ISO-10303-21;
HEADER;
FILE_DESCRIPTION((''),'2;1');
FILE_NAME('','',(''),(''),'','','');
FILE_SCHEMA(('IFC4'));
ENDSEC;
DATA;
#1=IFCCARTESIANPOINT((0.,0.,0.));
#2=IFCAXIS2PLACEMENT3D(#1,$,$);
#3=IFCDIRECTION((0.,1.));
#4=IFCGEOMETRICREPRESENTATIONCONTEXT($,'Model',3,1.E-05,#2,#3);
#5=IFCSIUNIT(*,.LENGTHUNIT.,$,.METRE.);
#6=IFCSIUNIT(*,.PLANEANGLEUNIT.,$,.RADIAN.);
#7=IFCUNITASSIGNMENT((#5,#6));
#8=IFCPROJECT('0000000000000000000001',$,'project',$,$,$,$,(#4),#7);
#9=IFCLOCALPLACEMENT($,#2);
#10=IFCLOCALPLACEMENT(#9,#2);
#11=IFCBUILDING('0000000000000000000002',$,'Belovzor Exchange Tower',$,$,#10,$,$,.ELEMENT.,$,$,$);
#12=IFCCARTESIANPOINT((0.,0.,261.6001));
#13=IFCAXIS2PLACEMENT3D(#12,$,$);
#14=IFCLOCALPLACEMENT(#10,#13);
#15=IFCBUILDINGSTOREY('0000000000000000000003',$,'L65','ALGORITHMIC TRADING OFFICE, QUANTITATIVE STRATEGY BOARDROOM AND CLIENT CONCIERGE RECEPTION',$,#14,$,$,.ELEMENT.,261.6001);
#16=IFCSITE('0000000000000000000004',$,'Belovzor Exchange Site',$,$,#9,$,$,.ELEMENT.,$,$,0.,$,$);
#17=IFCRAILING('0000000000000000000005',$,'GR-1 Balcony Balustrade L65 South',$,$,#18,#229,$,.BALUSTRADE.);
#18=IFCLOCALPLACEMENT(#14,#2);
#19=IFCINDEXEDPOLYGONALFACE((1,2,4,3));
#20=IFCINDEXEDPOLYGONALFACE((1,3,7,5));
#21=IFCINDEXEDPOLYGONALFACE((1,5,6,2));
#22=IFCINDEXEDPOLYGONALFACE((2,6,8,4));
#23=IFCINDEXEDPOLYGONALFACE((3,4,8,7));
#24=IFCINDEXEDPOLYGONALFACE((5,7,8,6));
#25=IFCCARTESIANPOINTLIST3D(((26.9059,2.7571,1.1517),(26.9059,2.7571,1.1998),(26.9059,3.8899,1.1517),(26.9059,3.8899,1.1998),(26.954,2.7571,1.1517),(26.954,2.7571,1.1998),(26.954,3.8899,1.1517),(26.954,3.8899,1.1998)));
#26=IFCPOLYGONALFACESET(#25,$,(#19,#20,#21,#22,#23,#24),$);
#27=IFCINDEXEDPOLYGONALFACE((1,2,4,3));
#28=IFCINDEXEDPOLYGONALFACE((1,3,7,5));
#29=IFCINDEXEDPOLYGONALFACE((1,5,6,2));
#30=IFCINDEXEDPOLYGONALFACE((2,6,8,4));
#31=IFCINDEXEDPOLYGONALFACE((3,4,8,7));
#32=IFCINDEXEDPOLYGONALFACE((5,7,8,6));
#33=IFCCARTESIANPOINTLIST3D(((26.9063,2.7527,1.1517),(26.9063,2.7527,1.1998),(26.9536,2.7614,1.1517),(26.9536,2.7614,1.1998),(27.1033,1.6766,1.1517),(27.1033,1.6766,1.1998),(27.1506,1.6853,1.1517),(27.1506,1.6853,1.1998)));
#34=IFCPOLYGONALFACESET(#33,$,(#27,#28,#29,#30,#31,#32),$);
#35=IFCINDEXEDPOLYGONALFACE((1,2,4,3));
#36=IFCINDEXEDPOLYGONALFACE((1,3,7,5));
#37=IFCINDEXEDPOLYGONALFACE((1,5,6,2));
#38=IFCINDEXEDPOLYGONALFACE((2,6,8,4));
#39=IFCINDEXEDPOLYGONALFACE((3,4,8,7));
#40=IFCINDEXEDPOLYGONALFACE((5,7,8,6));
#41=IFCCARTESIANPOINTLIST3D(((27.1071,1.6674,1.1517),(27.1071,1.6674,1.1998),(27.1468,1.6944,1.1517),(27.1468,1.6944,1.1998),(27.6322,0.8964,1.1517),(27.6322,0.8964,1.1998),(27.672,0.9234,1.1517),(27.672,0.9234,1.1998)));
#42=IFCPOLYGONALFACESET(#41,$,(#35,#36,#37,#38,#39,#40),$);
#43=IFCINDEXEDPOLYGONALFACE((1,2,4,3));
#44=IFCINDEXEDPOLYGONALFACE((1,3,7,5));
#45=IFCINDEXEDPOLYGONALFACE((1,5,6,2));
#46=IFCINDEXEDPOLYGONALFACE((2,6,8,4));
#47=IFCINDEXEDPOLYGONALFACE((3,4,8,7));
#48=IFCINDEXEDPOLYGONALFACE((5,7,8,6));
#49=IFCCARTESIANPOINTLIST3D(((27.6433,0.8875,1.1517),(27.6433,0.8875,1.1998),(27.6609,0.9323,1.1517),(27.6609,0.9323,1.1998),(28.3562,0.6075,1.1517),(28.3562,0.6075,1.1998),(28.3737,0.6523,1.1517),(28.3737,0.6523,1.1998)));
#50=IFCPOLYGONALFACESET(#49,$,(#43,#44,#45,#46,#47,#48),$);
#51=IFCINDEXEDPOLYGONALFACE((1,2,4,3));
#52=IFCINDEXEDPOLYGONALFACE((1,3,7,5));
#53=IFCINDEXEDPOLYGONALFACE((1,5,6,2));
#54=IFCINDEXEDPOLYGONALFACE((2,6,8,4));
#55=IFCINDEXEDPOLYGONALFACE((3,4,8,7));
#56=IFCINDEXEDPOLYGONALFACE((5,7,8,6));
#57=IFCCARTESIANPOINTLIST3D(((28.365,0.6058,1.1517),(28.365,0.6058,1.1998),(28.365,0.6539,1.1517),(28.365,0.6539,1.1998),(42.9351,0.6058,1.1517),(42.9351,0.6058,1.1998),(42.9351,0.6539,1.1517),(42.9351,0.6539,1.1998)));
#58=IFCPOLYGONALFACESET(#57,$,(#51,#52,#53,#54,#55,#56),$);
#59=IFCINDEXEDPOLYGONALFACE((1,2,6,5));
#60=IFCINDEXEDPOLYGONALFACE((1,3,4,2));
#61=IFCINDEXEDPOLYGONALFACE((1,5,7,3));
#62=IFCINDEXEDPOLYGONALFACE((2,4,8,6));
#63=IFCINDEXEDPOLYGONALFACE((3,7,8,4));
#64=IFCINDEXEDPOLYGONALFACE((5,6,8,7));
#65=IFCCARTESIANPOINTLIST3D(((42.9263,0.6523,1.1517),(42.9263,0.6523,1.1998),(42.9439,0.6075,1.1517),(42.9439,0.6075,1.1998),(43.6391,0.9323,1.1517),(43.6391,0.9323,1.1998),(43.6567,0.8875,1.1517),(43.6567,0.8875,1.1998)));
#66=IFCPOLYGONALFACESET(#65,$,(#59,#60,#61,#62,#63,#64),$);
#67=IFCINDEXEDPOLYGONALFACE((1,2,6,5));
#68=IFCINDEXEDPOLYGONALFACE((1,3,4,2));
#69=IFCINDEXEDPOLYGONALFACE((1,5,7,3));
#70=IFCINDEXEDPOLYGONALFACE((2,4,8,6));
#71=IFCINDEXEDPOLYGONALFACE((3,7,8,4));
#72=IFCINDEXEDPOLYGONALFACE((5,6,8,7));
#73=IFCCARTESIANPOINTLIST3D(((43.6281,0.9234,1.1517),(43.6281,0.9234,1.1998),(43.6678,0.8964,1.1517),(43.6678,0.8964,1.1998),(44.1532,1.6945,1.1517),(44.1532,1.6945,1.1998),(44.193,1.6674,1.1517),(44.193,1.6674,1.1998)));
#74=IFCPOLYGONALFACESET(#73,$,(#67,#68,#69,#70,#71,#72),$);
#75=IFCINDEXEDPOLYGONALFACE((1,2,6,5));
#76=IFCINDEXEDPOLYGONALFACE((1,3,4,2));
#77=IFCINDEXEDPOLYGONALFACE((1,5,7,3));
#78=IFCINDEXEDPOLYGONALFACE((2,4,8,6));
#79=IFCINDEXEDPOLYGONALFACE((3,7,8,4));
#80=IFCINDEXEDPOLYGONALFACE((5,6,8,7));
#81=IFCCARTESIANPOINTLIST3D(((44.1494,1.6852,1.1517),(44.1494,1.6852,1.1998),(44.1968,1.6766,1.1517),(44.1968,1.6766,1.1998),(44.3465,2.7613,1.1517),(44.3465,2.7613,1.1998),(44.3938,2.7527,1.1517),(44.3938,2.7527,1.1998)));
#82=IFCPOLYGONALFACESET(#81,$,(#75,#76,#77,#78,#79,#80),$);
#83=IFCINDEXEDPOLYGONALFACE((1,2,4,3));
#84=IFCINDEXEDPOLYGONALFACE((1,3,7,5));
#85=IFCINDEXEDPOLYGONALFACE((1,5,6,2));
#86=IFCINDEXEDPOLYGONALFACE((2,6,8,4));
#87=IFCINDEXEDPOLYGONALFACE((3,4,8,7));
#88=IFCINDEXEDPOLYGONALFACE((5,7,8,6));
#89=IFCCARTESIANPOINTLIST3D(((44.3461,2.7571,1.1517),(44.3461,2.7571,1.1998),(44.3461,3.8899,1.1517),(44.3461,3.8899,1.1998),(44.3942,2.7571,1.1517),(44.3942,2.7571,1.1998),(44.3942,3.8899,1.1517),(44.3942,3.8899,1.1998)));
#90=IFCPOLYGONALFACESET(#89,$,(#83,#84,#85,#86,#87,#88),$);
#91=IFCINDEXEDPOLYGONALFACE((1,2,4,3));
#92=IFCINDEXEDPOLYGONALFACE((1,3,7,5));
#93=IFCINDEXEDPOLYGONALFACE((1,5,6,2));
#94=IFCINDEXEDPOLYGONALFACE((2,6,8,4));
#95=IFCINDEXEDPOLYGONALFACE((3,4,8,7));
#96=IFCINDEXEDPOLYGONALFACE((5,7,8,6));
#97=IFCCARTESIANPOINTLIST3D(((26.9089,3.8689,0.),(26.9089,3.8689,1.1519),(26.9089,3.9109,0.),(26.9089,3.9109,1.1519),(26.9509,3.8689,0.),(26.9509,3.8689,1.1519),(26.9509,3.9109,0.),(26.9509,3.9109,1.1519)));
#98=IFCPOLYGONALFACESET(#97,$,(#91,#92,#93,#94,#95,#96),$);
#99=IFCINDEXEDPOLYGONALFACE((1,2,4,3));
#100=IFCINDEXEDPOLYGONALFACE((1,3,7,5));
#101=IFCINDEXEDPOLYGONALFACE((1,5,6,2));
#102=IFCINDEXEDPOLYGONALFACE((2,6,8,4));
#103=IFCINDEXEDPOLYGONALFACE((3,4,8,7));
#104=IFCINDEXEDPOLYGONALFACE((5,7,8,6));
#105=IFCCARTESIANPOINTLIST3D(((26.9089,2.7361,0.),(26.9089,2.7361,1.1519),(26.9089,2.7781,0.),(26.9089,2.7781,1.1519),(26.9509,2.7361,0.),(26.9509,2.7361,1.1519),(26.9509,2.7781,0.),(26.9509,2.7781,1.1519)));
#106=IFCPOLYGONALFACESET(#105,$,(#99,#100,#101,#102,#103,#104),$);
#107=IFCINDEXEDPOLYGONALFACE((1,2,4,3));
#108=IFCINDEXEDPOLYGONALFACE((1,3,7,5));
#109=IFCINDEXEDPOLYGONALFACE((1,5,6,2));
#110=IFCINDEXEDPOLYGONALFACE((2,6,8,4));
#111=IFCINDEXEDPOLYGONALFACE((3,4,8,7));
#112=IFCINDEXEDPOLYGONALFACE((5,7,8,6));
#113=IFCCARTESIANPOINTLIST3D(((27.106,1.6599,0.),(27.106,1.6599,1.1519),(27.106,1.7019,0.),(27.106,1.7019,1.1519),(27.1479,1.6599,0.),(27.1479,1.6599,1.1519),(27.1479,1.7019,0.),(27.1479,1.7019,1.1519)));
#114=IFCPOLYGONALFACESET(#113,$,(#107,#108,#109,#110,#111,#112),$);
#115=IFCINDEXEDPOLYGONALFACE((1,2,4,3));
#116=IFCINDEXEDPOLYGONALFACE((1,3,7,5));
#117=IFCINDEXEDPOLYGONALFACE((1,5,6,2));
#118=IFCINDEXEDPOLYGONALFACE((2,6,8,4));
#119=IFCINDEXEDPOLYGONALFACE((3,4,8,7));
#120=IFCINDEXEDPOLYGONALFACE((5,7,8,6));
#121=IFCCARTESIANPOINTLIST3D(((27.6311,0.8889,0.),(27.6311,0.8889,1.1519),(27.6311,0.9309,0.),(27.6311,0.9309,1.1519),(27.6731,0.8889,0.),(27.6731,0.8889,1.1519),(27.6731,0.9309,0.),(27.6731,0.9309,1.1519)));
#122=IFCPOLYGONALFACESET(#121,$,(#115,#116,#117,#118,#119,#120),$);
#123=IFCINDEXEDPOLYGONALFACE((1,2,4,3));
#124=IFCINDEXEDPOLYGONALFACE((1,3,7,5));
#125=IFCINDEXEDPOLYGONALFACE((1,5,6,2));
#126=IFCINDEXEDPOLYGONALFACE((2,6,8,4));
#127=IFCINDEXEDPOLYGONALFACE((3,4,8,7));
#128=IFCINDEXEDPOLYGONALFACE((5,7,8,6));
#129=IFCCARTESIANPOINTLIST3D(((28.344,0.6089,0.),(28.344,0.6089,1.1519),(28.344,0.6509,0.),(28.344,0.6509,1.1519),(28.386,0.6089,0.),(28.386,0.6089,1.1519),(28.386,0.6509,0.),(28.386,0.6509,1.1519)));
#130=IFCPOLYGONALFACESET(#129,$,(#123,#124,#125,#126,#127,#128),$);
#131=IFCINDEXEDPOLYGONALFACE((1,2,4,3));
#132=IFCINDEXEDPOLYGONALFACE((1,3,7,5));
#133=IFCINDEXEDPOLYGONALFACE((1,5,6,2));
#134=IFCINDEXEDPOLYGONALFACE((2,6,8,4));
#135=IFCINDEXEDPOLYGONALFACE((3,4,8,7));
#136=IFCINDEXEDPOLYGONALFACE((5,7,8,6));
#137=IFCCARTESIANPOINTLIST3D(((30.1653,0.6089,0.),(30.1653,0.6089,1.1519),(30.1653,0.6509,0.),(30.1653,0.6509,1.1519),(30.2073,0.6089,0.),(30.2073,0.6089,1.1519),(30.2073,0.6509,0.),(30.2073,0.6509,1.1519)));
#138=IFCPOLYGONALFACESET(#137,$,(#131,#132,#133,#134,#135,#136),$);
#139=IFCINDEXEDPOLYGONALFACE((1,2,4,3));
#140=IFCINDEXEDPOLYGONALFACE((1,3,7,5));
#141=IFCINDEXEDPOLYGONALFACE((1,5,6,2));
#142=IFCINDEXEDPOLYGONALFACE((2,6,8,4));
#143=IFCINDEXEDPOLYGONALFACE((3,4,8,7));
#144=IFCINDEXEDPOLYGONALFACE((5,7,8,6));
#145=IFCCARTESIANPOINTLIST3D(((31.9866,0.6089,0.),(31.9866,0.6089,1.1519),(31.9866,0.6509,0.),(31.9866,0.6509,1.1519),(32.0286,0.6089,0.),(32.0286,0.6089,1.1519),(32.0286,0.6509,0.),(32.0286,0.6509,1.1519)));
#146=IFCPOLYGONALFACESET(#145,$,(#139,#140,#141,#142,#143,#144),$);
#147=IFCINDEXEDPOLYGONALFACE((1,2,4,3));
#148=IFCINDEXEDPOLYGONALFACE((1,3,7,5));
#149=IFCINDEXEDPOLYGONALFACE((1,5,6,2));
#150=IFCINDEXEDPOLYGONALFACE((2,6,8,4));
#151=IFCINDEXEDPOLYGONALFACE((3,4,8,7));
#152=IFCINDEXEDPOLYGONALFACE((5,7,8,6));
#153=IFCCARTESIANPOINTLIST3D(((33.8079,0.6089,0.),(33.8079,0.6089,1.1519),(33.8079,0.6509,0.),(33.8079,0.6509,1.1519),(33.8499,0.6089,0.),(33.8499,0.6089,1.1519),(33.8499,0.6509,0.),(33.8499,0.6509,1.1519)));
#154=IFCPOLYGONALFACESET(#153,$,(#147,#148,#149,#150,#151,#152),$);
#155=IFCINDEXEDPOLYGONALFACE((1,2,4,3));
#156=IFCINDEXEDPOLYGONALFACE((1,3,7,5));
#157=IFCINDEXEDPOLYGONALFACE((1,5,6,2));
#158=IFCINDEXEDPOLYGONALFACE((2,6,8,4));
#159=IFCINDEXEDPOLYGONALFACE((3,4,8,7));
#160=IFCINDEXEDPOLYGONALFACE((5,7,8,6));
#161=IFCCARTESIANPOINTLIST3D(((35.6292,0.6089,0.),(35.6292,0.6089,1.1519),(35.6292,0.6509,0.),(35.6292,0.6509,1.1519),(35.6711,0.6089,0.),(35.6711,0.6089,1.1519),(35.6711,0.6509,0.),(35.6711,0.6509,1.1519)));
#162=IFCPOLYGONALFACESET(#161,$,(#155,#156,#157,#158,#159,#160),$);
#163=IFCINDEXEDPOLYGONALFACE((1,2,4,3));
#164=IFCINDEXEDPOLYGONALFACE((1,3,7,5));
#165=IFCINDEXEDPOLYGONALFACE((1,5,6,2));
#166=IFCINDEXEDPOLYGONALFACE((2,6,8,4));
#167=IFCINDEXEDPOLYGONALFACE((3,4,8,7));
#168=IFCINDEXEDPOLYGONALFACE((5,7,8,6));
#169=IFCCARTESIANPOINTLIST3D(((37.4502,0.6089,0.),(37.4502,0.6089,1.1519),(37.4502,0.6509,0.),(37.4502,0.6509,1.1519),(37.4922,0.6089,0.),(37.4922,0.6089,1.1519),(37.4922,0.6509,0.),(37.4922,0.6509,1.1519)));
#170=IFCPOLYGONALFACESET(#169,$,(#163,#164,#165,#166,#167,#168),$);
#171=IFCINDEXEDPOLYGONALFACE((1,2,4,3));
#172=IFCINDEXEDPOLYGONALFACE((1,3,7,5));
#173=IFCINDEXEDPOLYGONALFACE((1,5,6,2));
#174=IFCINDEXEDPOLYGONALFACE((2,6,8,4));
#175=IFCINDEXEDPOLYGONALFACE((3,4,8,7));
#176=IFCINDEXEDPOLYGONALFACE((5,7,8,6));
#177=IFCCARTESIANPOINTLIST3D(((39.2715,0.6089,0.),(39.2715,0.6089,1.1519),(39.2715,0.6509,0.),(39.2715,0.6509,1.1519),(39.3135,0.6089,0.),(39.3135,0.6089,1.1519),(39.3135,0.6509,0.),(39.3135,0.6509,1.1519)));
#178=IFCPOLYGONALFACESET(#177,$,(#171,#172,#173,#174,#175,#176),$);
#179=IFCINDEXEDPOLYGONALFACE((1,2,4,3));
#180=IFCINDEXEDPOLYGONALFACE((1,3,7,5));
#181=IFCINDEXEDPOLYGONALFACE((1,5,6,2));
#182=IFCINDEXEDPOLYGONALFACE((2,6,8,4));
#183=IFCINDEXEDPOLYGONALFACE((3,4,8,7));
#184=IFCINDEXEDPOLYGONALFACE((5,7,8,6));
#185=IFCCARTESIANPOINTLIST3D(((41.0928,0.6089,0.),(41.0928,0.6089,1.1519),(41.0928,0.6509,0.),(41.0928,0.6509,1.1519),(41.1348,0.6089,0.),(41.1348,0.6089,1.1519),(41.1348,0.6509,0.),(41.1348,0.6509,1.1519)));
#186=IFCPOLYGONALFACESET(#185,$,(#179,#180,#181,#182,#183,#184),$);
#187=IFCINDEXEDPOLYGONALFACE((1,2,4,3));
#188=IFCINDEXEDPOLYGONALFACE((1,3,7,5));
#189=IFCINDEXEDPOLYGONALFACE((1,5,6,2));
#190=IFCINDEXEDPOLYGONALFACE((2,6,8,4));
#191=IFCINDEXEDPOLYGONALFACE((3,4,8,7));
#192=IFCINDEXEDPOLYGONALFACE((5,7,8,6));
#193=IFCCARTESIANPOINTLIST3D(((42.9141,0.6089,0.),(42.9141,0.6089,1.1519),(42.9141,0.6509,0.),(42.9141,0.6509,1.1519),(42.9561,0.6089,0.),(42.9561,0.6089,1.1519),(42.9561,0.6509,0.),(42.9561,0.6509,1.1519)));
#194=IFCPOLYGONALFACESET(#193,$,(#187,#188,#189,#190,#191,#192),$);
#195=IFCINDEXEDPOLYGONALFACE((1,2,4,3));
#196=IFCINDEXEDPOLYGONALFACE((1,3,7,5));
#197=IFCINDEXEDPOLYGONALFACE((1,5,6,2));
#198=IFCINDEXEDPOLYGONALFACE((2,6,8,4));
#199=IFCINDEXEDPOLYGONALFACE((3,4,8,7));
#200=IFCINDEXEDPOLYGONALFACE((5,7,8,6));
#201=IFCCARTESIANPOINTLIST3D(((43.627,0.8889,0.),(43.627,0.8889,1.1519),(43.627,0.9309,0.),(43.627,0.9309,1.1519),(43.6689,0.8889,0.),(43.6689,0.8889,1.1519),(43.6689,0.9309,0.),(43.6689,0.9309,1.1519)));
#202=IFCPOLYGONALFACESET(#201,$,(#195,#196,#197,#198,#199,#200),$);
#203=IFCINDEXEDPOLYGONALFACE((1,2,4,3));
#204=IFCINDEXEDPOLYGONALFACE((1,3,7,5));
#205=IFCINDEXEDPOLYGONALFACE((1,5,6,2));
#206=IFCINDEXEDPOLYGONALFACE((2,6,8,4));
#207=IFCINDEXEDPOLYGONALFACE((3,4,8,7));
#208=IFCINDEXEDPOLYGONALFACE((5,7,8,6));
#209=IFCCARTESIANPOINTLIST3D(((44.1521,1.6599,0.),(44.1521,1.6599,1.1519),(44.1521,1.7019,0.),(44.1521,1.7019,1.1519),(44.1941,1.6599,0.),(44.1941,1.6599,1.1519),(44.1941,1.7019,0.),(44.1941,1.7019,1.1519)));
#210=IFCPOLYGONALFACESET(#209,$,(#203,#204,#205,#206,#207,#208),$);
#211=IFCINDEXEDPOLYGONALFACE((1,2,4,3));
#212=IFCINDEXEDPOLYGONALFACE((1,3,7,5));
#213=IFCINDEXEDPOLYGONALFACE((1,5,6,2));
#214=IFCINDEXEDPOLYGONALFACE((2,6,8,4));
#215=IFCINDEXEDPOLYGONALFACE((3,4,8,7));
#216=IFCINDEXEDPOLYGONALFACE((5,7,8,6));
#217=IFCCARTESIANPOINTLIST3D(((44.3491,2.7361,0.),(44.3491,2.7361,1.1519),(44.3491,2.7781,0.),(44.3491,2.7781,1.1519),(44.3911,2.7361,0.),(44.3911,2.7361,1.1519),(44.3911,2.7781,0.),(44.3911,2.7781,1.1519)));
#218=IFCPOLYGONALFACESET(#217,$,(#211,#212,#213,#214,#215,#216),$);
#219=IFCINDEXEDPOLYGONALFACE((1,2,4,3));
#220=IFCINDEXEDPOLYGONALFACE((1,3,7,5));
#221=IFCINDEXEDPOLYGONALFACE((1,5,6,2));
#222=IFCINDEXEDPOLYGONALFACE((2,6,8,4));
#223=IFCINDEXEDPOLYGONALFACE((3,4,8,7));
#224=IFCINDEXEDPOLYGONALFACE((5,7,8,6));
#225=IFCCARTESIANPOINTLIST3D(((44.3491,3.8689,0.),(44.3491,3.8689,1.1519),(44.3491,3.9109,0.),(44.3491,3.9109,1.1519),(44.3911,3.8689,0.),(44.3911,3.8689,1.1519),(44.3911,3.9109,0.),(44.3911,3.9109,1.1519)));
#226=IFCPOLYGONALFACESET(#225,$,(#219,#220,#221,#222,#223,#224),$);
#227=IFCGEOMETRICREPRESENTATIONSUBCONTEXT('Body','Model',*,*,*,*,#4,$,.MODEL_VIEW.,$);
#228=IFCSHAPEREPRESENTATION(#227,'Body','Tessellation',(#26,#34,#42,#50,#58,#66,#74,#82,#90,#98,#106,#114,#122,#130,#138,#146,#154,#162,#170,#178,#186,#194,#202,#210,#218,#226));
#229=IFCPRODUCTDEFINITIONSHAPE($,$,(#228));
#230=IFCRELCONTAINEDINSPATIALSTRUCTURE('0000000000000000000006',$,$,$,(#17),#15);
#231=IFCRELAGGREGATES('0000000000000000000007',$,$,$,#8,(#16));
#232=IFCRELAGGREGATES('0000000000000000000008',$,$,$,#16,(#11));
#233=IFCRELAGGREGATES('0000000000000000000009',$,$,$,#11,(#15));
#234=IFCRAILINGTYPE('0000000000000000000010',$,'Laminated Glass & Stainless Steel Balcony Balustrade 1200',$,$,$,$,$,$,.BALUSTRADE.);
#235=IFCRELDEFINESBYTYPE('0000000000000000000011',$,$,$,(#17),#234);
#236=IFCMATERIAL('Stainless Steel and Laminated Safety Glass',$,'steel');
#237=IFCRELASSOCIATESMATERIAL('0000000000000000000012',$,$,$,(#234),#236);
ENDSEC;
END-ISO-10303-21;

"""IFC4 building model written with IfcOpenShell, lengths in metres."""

from ifc_helpers import new_model, si_unit, direction, frame, origin, origin_2d, place, context, subcontext, project, spatial, rectangle, extrude, material, type_object, element, save


model = new_model("IFC4")

# Units and contexts
model_context = context("Model", 3, precision=1e-05, world=origin(), true_north=direction((0.0, 1.0)))
body_context = subcontext(model_context, "Body", "Model", "MODEL_VIEW")
ifc_project = project(units=[si_unit("LENGTHUNIT", "METRE"), si_unit("PLANEANGLEUNIT", "RADIAN")], contexts=[model_context])

# Site, building, storey
site_placement = place(None, origin())
site = spatial("IfcSite", under=ifc_project, at=site_placement, Name="Belovzor Exchange Site", CompositionType="ELEMENT", RefElevation=0.0)
building_placement = place(site_placement, origin())
building = spatial("IfcBuilding", under=site, at=building_placement, Name="Belovzor Exchange Tower", CompositionType="ELEMENT")
storey_placement = place(building_placement, frame((0.0, 0.0, 261.6001)))
storey = spatial("IfcBuildingStorey", under=building, at=storey_placement, Name="L65", Description="ALGORITHMIC TRADING OFFICE, QUANTITATIVE STRATEGY BOARDROOM AND CLIENT CONCIERGE RECEPTION", CompositionType="ELEMENT", Elevation=261.6001)

# Railing
ifc_material_1 = material(Name="Stainless Steel and Laminated Safety Glass", Category="steel")
railing_type = type_object("IfcRailingType", Name="Laminated Glass & Stainless Steel Balcony Balustrade 1200", PredefinedType="BALUSTRADE", material=ifc_material_1)
railing_placement = place(storey_placement, frame((26.9299, 3.8899, 0.0)))
element("IfcRailing", 1, at=railing_placement, inside=storey, type_object=railing_type, Name="GR-1 Balcony Balustrade L65 South", PredefinedType="BALUSTRADE", context=body_context, shape_type="SweptSolid", body=[
    extrude(rectangle(XDim=0.0481, YDim=0.0481, at=origin_2d()), frame((0.0, 0.0, 1.1758), z_axis=(0.0, -1.0, 0.0), x_axis=(1.0, 0.0, 0.0)), (0.0, 0.0, 1.0), 1.1328),
    extrude(rectangle(XDim=0.0481, YDim=0.0481, at=origin_2d()), frame((0.0, -1.1328, 1.1758), z_axis=(0.180083, -0.983651, 0.0), x_axis=(0.983651, 0.180083, 0.0)), (0.0, 0.0, 1.0), 1.094),
    extrude(rectangle(XDim=0.0481, YDim=0.0481, at=origin_2d()), frame((0.197, -2.209, 1.1758), z_axis=(0.562947, -0.826493, 0.0), x_axis=(0.826493, 0.562947, 0.0)), (0.0, 0.0, 1.0), 0.9329),
    extrude(rectangle(XDim=0.0481, YDim=0.0481, at=origin_2d()), frame((0.7222, -2.98, 1.1758), z_axis=(0.930767, -0.365613, 0.0), x_axis=(0.365613, 0.930767, 0.0)), (0.0, 0.0, 1.0), 0.7659),
    extrude(rectangle(XDim=0.0481, YDim=0.0481, at=origin_2d()), frame((1.4351, -3.26, 1.1758), z_axis=(1.0, 0.0, 0.0), x_axis=(0.0, 1.0, 0.0)), (0.0, 0.0, 1.0), 14.5701),
    extrude(rectangle(XDim=0.0481, YDim=0.0481, at=origin_2d()), frame((16.0051, -3.26, 1.1758), z_axis=(0.930767, 0.365613, 0.0), x_axis=(-0.365613, 0.930767, 0.0)), (0.0, 0.0, 1.0), 0.7659),
    extrude(rectangle(XDim=0.0481, YDim=0.0481, at=origin_2d()), frame((16.718, -2.98, 1.1758), z_axis=(0.562947, 0.826493, 0.0), x_axis=(-0.826493, 0.562947, 0.0)), (0.0, 0.0, 1.0), 0.9329),
    extrude(rectangle(XDim=0.0481, YDim=0.0481, at=origin_2d()), frame((17.2432, -2.209, 1.1758), z_axis=(0.180083, 0.983651, 0.0), x_axis=(-0.983651, 0.180083, 0.0)), (0.0, 0.0, 1.0), 1.094),
    extrude(rectangle(XDim=0.0481, YDim=0.0481, at=origin_2d()), frame((17.4402, -1.1328, 1.1758), z_axis=(0.0, 1.0, 0.0), x_axis=(-1.0, 0.0, 0.0)), (0.0, 0.0, 1.0), 1.1328),
    extrude(rectangle(XDim=0.042, YDim=0.042, at=origin_2d()), origin(), (0.0, 0.0, 1.0), 1.1519),
    extrude(rectangle(XDim=0.042, YDim=0.042, at=origin_2d()), frame((0.0, -1.1328, 0.0)), (0.0, 0.0, 1.0), 1.1519),
    extrude(rectangle(XDim=0.042, YDim=0.042, at=origin_2d()), frame((0.197, -2.209, 0.0)), (0.0, 0.0, 1.0), 1.1519),
    extrude(rectangle(XDim=0.042, YDim=0.042, at=origin_2d()), frame((0.7222, -2.98, 0.0)), (0.0, 0.0, 1.0), 1.1519),
    extrude(rectangle(XDim=0.042, YDim=0.042, at=origin_2d()), frame((1.4351, -3.26, 0.0)), (0.0, 0.0, 1.0), 1.1519),
    extrude(rectangle(XDim=0.042, YDim=0.042, at=origin_2d()), frame((3.2563, -3.26, 0.0)), (0.0, 0.0, 1.0), 1.1519),
    extrude(rectangle(XDim=0.042, YDim=0.042, at=origin_2d()), frame((5.0776, -3.26, 0.0)), (0.0, 0.0, 1.0), 1.1519),
    extrude(rectangle(XDim=0.042, YDim=0.042, at=origin_2d()), frame((6.8989, -3.26, 0.0)), (0.0, 0.0, 1.0), 1.1519),
    extrude(rectangle(XDim=0.042, YDim=0.042, at=origin_2d()), frame((8.7202, -3.26, 0.0)), (0.0, 0.0, 1.0), 1.1519),
    extrude(rectangle(XDim=0.042, YDim=0.042, at=origin_2d()), frame((10.5413, -3.26, 0.0)), (0.0, 0.0, 1.0), 1.1519),
    extrude(rectangle(XDim=0.042, YDim=0.042, at=origin_2d()), frame((12.3625, -3.26, 0.0)), (0.0, 0.0, 1.0), 1.1519),
    extrude(rectangle(XDim=0.042, YDim=0.042, at=origin_2d()), frame((14.1838, -3.26, 0.0)), (0.0, 0.0, 1.0), 1.1519),
    extrude(rectangle(XDim=0.042, YDim=0.042, at=origin_2d()), frame((16.0051, -3.26, 0.0)), (0.0, 0.0, 1.0), 1.1519),
    extrude(rectangle(XDim=0.042, YDim=0.042, at=origin_2d()), frame((16.718, -2.98, 0.0)), (0.0, 0.0, 1.0), 1.1519),
    extrude(rectangle(XDim=0.042, YDim=0.042, at=origin_2d()), frame((17.2432, -2.209, 0.0)), (0.0, 0.0, 1.0), 1.1519),
    extrude(rectangle(XDim=0.042, YDim=0.042, at=origin_2d()), frame((17.4402, -1.1328, 0.0)), (0.0, 0.0, 1.0), 1.1519),
    extrude(rectangle(XDim=0.042, YDim=0.042, at=origin_2d()), frame((17.4402, 0.0, 0.0)), (0.0, 0.0, 1.0), 1.1519),
])

save(model, "model.ifc")
